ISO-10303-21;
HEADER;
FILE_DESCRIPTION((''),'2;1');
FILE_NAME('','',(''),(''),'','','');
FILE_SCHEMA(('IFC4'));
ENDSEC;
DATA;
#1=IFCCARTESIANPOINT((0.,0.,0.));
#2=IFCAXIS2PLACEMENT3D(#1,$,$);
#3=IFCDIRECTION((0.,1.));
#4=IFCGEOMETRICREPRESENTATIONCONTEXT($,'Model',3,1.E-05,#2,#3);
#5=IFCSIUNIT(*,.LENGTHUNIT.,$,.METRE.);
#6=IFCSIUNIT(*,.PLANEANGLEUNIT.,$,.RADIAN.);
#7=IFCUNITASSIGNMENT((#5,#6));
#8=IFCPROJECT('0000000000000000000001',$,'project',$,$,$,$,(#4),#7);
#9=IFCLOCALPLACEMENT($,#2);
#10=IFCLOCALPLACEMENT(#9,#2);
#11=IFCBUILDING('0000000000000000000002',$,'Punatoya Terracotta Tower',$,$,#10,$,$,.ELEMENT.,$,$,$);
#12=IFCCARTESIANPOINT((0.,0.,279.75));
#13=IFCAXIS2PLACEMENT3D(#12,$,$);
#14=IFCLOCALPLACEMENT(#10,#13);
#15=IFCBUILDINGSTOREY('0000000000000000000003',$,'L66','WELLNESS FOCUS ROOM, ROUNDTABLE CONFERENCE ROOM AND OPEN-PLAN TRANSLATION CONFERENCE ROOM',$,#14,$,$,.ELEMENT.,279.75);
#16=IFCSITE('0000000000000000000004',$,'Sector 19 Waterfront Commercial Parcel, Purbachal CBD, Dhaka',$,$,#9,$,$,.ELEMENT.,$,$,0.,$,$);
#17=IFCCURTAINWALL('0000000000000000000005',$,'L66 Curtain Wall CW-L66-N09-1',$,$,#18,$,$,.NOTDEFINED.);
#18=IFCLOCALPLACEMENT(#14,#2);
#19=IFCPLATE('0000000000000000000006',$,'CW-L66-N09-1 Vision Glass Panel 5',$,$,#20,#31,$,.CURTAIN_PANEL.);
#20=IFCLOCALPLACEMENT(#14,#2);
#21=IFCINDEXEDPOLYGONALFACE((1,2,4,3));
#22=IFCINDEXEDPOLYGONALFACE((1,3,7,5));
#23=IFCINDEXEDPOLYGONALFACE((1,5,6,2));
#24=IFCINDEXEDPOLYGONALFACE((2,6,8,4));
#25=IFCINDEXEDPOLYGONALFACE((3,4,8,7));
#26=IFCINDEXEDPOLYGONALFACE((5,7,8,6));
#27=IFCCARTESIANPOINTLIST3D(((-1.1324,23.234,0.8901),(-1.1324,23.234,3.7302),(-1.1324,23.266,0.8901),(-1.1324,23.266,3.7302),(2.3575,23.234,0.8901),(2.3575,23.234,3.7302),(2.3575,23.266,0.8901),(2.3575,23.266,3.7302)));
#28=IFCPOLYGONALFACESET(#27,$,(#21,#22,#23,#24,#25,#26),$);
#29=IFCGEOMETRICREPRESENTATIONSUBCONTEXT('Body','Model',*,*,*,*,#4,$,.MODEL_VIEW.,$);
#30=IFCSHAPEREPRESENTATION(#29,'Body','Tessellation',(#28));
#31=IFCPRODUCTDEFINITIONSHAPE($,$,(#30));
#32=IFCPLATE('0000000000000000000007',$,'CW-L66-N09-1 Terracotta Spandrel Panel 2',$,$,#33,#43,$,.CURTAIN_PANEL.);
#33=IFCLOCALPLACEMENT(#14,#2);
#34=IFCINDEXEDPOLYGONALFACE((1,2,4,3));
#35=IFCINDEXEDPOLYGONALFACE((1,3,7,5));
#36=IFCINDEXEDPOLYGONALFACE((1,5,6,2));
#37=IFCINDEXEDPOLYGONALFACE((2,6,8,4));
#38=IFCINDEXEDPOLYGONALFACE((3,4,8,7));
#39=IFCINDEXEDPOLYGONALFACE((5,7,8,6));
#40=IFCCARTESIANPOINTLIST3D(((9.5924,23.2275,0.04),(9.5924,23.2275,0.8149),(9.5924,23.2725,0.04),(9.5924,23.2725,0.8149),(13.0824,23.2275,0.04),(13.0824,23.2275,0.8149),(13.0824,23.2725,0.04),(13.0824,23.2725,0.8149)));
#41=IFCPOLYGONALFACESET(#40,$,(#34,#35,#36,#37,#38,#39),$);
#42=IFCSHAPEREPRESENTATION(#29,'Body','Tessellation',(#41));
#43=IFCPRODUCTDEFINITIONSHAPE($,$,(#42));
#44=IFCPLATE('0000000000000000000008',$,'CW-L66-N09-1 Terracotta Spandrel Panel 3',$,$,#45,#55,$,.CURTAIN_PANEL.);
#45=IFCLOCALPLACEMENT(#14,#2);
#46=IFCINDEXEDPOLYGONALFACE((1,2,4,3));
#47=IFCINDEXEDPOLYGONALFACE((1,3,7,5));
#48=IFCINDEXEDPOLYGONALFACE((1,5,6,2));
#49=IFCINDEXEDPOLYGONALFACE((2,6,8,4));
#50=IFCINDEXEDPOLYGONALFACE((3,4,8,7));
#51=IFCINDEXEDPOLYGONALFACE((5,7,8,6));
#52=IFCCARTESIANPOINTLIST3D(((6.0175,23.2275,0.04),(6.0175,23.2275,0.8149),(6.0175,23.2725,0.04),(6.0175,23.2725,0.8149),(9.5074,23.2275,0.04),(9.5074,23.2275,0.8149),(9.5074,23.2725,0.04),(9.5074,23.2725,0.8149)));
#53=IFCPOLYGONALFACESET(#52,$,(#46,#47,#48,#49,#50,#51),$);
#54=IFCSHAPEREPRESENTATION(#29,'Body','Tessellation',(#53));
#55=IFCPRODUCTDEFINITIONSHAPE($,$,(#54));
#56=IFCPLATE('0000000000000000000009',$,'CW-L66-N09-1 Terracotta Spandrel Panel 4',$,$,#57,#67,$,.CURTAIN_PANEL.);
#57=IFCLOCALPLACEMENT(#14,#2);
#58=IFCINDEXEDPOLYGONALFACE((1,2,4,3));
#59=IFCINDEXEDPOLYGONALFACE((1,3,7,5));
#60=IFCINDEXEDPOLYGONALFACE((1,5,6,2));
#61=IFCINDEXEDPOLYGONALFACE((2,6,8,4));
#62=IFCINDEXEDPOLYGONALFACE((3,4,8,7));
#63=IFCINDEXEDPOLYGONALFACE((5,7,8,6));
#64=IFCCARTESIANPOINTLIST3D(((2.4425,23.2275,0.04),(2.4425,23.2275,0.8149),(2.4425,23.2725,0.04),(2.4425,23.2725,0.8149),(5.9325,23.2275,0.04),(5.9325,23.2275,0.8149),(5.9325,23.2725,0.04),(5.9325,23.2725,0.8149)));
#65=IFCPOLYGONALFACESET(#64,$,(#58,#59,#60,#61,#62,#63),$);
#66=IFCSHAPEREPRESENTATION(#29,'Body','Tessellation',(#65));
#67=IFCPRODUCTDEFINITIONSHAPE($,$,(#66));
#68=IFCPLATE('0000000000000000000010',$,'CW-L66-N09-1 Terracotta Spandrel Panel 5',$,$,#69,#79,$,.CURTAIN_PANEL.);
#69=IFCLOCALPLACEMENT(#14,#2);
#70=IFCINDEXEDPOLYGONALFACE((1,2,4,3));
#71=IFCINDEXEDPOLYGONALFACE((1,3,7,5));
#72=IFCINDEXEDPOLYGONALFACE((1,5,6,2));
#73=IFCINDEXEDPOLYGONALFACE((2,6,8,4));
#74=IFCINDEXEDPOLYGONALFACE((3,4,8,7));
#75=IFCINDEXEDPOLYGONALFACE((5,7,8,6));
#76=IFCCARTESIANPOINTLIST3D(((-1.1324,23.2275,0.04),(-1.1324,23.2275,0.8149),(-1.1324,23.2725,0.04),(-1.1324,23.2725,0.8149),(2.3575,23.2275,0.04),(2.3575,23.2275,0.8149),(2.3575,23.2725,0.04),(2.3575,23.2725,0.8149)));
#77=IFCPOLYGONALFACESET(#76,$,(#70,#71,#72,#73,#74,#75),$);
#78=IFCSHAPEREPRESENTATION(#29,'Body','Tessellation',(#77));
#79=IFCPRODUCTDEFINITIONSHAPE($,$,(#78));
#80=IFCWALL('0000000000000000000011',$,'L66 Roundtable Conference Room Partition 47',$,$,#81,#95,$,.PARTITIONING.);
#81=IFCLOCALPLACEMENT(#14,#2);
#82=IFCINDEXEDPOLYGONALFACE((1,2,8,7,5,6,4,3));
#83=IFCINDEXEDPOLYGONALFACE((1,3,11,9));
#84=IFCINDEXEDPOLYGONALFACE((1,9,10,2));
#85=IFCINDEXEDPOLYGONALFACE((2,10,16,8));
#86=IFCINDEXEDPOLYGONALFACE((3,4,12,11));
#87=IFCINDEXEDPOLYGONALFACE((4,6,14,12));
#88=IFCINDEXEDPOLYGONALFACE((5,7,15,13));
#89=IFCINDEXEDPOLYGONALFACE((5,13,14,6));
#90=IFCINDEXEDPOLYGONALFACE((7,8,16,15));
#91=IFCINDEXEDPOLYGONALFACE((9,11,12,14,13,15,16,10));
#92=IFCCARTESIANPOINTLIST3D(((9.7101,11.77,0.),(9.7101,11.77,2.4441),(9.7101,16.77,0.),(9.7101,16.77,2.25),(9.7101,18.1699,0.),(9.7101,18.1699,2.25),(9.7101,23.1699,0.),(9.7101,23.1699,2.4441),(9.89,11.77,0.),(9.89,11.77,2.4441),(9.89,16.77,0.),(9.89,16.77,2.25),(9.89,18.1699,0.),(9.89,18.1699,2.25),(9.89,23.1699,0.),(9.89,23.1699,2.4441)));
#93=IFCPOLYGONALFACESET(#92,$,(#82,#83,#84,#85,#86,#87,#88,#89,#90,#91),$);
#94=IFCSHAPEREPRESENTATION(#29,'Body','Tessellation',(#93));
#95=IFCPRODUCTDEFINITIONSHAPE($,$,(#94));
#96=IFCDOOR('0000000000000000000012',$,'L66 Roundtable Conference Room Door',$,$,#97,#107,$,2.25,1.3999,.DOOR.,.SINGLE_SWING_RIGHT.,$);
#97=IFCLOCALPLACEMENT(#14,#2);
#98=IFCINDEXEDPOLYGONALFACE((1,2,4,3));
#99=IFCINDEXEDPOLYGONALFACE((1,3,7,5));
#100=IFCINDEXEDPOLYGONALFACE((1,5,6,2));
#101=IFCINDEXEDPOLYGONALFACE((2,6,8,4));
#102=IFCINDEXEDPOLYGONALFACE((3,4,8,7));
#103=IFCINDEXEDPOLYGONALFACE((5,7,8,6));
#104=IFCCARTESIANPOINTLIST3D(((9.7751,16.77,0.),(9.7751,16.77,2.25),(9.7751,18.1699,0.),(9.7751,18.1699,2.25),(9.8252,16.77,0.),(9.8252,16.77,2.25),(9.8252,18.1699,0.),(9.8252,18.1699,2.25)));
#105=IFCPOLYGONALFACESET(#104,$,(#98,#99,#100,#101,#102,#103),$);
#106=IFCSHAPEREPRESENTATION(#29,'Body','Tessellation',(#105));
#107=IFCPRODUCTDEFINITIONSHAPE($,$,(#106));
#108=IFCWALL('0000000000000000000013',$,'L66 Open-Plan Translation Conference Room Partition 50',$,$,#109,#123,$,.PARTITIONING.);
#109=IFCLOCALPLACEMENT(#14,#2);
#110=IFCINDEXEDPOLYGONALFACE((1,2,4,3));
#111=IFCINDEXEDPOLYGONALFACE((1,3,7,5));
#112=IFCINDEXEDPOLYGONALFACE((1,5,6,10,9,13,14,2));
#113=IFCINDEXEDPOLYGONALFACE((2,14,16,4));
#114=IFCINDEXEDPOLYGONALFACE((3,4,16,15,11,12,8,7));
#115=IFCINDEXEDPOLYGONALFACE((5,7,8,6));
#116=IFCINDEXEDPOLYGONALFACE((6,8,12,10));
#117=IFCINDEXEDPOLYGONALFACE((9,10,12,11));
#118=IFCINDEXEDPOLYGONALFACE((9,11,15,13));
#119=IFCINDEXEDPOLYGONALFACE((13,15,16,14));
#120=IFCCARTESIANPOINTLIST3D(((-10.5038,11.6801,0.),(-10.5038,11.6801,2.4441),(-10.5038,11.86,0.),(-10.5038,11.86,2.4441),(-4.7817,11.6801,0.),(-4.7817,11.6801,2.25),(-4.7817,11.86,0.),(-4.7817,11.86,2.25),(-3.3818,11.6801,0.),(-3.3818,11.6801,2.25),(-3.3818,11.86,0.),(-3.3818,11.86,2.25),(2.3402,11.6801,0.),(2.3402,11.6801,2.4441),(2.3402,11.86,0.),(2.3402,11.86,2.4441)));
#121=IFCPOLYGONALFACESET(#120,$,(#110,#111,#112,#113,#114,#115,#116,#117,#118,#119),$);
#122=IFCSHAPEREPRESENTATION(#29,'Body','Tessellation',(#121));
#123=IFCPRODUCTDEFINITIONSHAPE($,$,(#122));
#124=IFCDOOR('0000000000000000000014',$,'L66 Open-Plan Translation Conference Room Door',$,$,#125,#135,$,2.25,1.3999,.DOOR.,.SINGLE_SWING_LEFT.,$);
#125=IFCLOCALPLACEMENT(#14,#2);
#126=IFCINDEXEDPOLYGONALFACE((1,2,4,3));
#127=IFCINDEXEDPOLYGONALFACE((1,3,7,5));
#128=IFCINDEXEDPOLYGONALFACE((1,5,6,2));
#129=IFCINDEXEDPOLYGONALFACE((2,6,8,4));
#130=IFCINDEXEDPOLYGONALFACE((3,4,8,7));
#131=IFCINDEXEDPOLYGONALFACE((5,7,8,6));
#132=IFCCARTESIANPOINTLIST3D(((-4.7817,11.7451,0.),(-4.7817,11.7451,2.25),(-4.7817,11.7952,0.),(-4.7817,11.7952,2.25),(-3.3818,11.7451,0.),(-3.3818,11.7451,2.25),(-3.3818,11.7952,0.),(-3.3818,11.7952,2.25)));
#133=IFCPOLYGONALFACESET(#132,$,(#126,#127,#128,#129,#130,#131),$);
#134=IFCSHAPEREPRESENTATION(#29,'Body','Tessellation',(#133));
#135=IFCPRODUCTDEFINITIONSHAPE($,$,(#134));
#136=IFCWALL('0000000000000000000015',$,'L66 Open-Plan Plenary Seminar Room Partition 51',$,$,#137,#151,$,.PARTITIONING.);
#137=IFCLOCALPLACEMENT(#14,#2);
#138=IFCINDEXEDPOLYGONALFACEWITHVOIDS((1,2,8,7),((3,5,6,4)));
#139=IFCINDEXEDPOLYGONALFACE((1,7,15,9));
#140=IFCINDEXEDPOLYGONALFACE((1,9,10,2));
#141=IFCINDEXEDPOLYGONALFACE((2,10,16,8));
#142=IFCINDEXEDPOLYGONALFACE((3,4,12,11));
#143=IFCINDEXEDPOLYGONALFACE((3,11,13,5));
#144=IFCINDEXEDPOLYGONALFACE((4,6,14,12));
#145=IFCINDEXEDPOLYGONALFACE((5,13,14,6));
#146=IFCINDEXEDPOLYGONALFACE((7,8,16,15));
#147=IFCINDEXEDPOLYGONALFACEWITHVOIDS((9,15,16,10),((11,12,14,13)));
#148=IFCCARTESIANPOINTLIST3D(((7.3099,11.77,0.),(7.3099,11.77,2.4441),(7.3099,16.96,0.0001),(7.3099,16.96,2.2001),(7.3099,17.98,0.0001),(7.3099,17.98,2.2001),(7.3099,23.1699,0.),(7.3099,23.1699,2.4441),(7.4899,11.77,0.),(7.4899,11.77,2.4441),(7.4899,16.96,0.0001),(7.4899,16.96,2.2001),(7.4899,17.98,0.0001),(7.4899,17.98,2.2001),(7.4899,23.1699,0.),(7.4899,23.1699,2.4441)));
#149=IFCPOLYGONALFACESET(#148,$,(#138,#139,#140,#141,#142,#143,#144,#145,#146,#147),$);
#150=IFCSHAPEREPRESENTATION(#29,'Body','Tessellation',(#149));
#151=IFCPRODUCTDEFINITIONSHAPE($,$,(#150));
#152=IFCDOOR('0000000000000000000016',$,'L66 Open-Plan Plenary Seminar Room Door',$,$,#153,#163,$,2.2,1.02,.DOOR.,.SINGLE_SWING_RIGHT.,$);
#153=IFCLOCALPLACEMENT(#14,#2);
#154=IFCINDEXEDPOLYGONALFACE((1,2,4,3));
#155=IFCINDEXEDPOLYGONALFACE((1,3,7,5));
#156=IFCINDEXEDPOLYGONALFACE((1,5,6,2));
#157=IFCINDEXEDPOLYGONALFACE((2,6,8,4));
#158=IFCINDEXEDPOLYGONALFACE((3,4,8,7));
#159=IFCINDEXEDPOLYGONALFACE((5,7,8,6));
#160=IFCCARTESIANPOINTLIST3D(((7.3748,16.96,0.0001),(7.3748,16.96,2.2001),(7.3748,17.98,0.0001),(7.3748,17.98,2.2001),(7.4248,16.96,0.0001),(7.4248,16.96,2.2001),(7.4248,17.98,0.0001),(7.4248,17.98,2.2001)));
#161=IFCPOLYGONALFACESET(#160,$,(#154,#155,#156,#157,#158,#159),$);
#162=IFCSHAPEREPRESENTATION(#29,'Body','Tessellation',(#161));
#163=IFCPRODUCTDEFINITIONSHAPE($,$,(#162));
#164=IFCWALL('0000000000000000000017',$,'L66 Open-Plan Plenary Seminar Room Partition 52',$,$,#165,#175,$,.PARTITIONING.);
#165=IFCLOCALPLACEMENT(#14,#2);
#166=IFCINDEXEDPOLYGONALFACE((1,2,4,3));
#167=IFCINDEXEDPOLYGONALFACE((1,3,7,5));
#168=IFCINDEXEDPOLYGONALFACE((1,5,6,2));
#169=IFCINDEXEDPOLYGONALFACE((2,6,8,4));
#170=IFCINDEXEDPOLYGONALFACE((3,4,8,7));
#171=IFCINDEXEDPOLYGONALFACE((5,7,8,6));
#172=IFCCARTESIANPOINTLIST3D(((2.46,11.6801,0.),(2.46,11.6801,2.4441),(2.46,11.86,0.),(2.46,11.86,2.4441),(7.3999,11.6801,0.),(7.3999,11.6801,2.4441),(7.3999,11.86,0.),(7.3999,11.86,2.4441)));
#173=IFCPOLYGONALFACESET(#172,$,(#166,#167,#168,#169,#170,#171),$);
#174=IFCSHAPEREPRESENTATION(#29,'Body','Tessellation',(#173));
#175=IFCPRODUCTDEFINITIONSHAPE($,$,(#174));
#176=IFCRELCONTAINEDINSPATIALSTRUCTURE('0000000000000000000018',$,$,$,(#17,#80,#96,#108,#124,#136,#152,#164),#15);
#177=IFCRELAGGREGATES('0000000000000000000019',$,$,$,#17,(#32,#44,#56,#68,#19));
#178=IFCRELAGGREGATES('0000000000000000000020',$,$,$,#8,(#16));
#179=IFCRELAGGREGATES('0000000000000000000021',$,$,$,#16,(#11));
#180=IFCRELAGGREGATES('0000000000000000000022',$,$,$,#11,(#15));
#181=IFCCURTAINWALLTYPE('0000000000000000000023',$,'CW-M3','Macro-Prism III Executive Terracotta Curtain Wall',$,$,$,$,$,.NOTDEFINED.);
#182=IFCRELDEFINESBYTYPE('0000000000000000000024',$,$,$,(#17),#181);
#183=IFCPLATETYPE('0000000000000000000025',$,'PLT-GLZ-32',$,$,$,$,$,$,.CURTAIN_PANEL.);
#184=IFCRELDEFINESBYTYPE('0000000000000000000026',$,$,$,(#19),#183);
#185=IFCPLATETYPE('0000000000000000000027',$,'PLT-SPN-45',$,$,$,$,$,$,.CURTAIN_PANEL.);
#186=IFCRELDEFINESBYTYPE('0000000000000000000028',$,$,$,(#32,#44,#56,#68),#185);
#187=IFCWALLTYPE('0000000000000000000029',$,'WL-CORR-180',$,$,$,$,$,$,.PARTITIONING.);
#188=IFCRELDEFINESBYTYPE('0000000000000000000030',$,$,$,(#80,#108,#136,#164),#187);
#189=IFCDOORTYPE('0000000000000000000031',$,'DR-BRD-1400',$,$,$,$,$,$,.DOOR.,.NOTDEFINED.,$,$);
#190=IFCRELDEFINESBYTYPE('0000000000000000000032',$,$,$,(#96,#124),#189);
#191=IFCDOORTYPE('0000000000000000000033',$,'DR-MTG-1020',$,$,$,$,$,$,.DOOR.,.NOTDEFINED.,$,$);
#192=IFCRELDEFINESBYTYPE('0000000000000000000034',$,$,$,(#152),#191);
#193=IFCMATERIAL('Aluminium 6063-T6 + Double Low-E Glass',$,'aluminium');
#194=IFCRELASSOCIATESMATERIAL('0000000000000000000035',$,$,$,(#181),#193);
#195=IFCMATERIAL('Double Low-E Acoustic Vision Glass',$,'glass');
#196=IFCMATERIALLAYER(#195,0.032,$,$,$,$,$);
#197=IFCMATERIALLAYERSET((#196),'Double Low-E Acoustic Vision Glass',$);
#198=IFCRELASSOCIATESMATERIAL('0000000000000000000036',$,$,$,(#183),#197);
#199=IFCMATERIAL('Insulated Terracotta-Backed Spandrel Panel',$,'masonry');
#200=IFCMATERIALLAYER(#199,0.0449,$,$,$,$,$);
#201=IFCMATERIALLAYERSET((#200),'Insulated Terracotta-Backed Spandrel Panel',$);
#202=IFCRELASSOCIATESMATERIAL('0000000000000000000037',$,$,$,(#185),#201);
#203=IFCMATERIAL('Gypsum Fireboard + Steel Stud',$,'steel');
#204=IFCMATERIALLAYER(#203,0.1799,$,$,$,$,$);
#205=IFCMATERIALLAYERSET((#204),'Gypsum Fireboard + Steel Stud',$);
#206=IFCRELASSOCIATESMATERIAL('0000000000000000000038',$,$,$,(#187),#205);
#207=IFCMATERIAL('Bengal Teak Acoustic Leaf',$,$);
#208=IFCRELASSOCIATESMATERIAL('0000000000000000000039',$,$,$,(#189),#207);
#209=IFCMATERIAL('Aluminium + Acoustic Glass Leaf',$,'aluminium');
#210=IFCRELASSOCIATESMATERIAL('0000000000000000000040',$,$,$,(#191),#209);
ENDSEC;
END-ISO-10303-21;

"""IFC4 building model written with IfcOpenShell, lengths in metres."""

from ifc_helpers import new_model, si_unit, direction, frame, frame_2d, origin, origin_2d, place, context, subcontext, project, spatial, rectangle, extrude, material, layer, layer_set, type_object, element, fill, aggregate, save


model = new_model("IFC4")

# Units and contexts
model_context = context("Model", 3, precision=1e-05, world=origin(), true_north=direction((0.0, 1.0)))
body_context = subcontext(model_context, "Body", "Model", "MODEL_VIEW")
ifc_project = project(units=[si_unit("LENGTHUNIT", "METRE"), si_unit("PLANEANGLEUNIT", "RADIAN")], contexts=[model_context])

# Site, building, storey
site_placement = place(None, origin())
site = spatial("IfcSite", under=ifc_project, at=site_placement, Name="Sector 19 Waterfront Commercial Parcel, Purbachal CBD, Dhaka", CompositionType="ELEMENT", RefElevation=0.0)
building_placement = place(site_placement, origin())
building = spatial("IfcBuilding", under=site, at=building_placement, Name="Punatoya Terracotta Tower", CompositionType="ELEMENT")
storey_placement = place(building_placement, frame((0.0, 0.0, 279.75)))
storey = spatial("IfcBuildingStorey", under=building, at=storey_placement, Name="L66", Description="WELLNESS FOCUS ROOM, ROUNDTABLE CONFERENCE ROOM AND OPEN-PLAN TRANSLATION CONFERENCE ROOM", CompositionType="ELEMENT", Elevation=279.75)

# Curtain wall, plates
ifc_material_1 = material(Name="Aluminium 6063-T6 + Double Low-E Glass", Category="aluminium")
curtain_wall_type = type_object("IfcCurtainWallType", Name="CW-M3", Description="Macro-Prism III Executive Terracotta Curtain Wall", PredefinedType="NOTDEFINED", material=ifc_material_1)
curtain_wall_placement = place(storey_placement, origin())
curtain_wall = element("IfcCurtainWall", 1, at=curtain_wall_placement, inside=storey, type_object=curtain_wall_type, Name="L66 Curtain Wall CW-L66-N09-1", PredefinedType="NOTDEFINED")
ifc_material_2 = material(Name="Double Low-E Acoustic Vision Glass", Category="glass")
ifc_layer_1 = layer(ifc_material_2, 0.032)
ifc_layer_set_1 = layer_set([ifc_layer_1], Name="Double Low-E Acoustic Vision Glass")
plate_type_1 = type_object("IfcPlateType", Name="PLT-GLZ-32", PredefinedType="CURTAIN_PANEL", material=ifc_layer_set_1)
plate_1_placement = place(storey_placement, frame((0.6125, 23.25, 0.8901), z_axis=(0.0, 0.0, 1.0), x_axis=(-1.0, 0.0, 0.0)))
plate_1 = element("IfcPlate", 2, at=plate_1_placement, type_object=plate_type_1, Name="CW-L66-N09-1 Vision Glass Panel 5", PredefinedType="CURTAIN_PANEL", context=body_context, shape_type="SweptSolid", body=[
    extrude(rectangle(XDim=3.49, YDim=0.032, at=origin_2d()), origin(), (0.0, 0.0, 1.0), 2.8401),
])
ifc_material_3 = material(Name="Insulated Terracotta-Backed Spandrel Panel", Category="masonry")
ifc_layer_2 = layer(ifc_material_3, 0.0449)
ifc_layer_set_2 = layer_set([ifc_layer_2], Name="Insulated Terracotta-Backed Spandrel Panel")
plate_type_2 = type_object("IfcPlateType", Name="PLT-SPN-45", PredefinedType="CURTAIN_PANEL", material=ifc_layer_set_2)
plate_2_placement = place(storey_placement, frame((11.3374, 23.25, 0.04), z_axis=(0.0, 0.0, 1.0), x_axis=(-1.0, 0.0, 0.0)))
plate_2 = element("IfcPlate", 3, at=plate_2_placement, type_object=plate_type_2, Name="CW-L66-N09-1 Terracotta Spandrel Panel 2", PredefinedType="CURTAIN_PANEL", context=body_context, shape_type="SweptSolid", body=[
    extrude(rectangle(XDim=3.49, YDim=0.0449, at=origin_2d()), origin(), (0.0, 0.0, 1.0), 0.7749),
])
plate_3_placement = place(storey_placement, frame((7.7625, 23.25, 0.04), z_axis=(0.0, 0.0, 1.0), x_axis=(-1.0, 0.0, 0.0)))
plate_3 = element("IfcPlate", 4, at=plate_3_placement, type_object=plate_type_2, Name="CW-L66-N09-1 Terracotta Spandrel Panel 3", PredefinedType="CURTAIN_PANEL", context=body_context, shape_type="SweptSolid", body=[
    extrude(rectangle(XDim=3.49, YDim=0.0449, at=origin_2d()), origin(), (0.0, 0.0, 1.0), 0.7749),
])
plate_4_placement = place(storey_placement, frame((4.1875, 23.25, 0.04), z_axis=(0.0, 0.0, 1.0), x_axis=(-1.0, 0.0, 0.0)))
plate_4 = element("IfcPlate", 5, at=plate_4_placement, type_object=plate_type_2, Name="CW-L66-N09-1 Terracotta Spandrel Panel 4", PredefinedType="CURTAIN_PANEL", context=body_context, shape_type="SweptSolid", body=[
    extrude(rectangle(XDim=3.49, YDim=0.0449, at=origin_2d()), origin(), (0.0, 0.0, 1.0), 0.7749),
])
plate_5_placement = place(storey_placement, frame((0.6125, 23.25, 0.04), z_axis=(0.0, 0.0, 1.0), x_axis=(-1.0, 0.0, 0.0)))
plate_5 = element("IfcPlate", 6, at=plate_5_placement, type_object=plate_type_2, Name="CW-L66-N09-1 Terracotta Spandrel Panel 5", PredefinedType="CURTAIN_PANEL", context=body_context, shape_type="SweptSolid", body=[
    extrude(rectangle(XDim=3.49, YDim=0.0449, at=origin_2d()), origin(), (0.0, 0.0, 1.0), 0.7749),
])
aggregate(curtain_wall, [plate_2, plate_3, plate_4, plate_5, plate_1])

# Walls, openings, doors
ifc_material_4 = material(Name="Gypsum Fireboard + Steel Stud", Category="steel")
ifc_layer_3 = layer(ifc_material_4, 0.1799)
ifc_layer_set_3 = layer_set([ifc_layer_3], Name="Gypsum Fireboard + Steel Stud")
wall_type_1 = type_object("IfcWallType", Name="WL-CORR-180", PredefinedType="PARTITIONING", material=ifc_layer_set_3)
wall_1_placement = place(storey_placement, frame((9.8, 11.77, 0.0), z_axis=(0.0, 0.0, 1.0), x_axis=(0.0, 1.0, 0.0)))
wall_1 = element("IfcWall", 7, at=wall_1_placement, inside=storey, type_object=wall_type_1, Name="L66 Roundtable Conference Room Partition 47", PredefinedType="PARTITIONING", context=body_context, shape_type="SweptSolid", body=[
    extrude(rectangle(XDim=11.3999, YDim=0.1799, at=frame_2d((5.7, 0.0))), origin(), (0.0, 0.0, 1.0), 2.4441),
])
opening_1_placement = place(wall_1_placement, frame((5.0, 0.0, 0.0)))
opening_1 = element("IfcOpeningElement", 8, at=opening_1_placement, cuts=wall_1, PredefinedType="OPENING", context=body_context, shape_type="SweptSolid", body=[
    extrude(rectangle(XDim=1.3999, YDim=2.25, at=frame_2d((0.7, 1.125))), frame((0.0, 0.0999, 0.0), z_axis=(0.0, -1.0, 0.0), x_axis=(1.0, 0.0, 0.0)), (0.0, 0.0, 1.0), 0.2),
])
ifc_material_5 = material(Name="Bengal Teak Acoustic Leaf")
door_type_1 = type_object("IfcDoorType", Name="DR-BRD-1400", OperationType="NOTDEFINED", PredefinedType="DOOR", material=ifc_material_5)
door_1_placement = place(opening_1_placement, origin())
door_1 = element("IfcDoor", 9, at=door_1_placement, inside=storey, type_object=door_type_1, Name="L66 Roundtable Conference Room Door", OperationType="SINGLE_SWING_RIGHT", OverallHeight=2.25, OverallWidth=1.3999, PredefinedType="DOOR", context=body_context, shape_type="SweptSolid", body=[
    extrude(rectangle(XDim=1.3999, YDim=2.25, at=frame_2d((0.7, 1.125))), frame((0.0, 0.0249, 0.0), z_axis=(0.0, -1.0, 0.0), x_axis=(1.0, 0.0, 0.0)), (0.0, 0.0, 1.0), 0.05),
])
fill(opening_1, door_1)
wall_2_placement = place(storey_placement, frame((2.3401, 11.77, 0.0), z_axis=(0.0, 0.0, 1.0), x_axis=(-1.0, 0.0, 0.0)))
wall_2 = element("IfcWall", 10, at=wall_2_placement, inside=storey, type_object=wall_type_1, Name="L66 Open-Plan Translation Conference Room Partition 50", PredefinedType="PARTITIONING", context=body_context, shape_type="SweptSolid", body=[
    extrude(rectangle(XDim=12.844, YDim=0.1799, at=frame_2d((6.4219, 0.0))), origin(), (0.0, 0.0, 1.0), 2.4441),
])
opening_2_placement = place(wall_2_placement, frame((5.7219, 0.0, 0.0)))
opening_2 = element("IfcOpeningElement", 11, at=opening_2_placement, cuts=wall_2, PredefinedType="OPENING", context=body_context, shape_type="SweptSolid", body=[
    extrude(rectangle(XDim=1.3999, YDim=2.25, at=frame_2d((0.7, 1.125))), frame((0.0, 0.0999, 0.0), z_axis=(0.0, -1.0, 0.0), x_axis=(1.0, 0.0, 0.0)), (0.0, 0.0, 1.0), 0.2),
])
door_2_placement = place(opening_2_placement, origin())
door_2 = element("IfcDoor", 12, at=door_2_placement, inside=storey, type_object=door_type_1, Name="L66 Open-Plan Translation Conference Room Door", OperationType="SINGLE_SWING_LEFT", OverallHeight=2.25, OverallWidth=1.3999, PredefinedType="DOOR", context=body_context, shape_type="SweptSolid", body=[
    extrude(rectangle(XDim=1.3999, YDim=2.25, at=frame_2d((0.7, 1.125))), frame((0.0, 0.0249, 0.0), z_axis=(0.0, -1.0, 0.0), x_axis=(1.0, 0.0, 0.0)), (0.0, 0.0, 1.0), 0.05),
])
fill(opening_2, door_2)
wall_3_placement = place(storey_placement, frame((7.3999, 23.1699, 0.0), z_axis=(0.0, 0.0, 1.0), x_axis=(0.0, -1.0, 0.0)))
wall_3 = element("IfcWall", 13, at=wall_3_placement, inside=storey, type_object=wall_type_1, Name="L66 Open-Plan Plenary Seminar Room Partition 51", PredefinedType="PARTITIONING", context=body_context, shape_type="SweptSolid", body=[
    extrude(rectangle(XDim=11.3999, YDim=0.1799, at=frame_2d((5.7, 0.0))), origin(), (0.0, 0.0, 1.0), 2.4441),
])
opening_3_placement = place(wall_3_placement, frame((5.1899, 0.0, 0.0)))
opening_3 = element("IfcOpeningElement", 14, at=opening_3_placement, cuts=wall_3, PredefinedType="OPENING", context=body_context, shape_type="SweptSolid", body=[
    extrude(rectangle(XDim=1.02, YDim=2.2, at=frame_2d((0.51, 1.1001))), frame((0.0, 0.0999, 0.0), z_axis=(0.0, -1.0, 0.0), x_axis=(1.0, 0.0, 0.0)), (0.0, 0.0, 1.0), 0.2),
])
ifc_material_6 = material(Name="Aluminium + Acoustic Glass Leaf", Category="aluminium")
door_type_2 = type_object("IfcDoorType", Name="DR-MTG-1020", OperationType="NOTDEFINED", PredefinedType="DOOR", material=ifc_material_6)
door_3_placement = place(opening_3_placement, origin())
door_3 = element("IfcDoor", 15, at=door_3_placement, inside=storey, type_object=door_type_2, Name="L66 Open-Plan Plenary Seminar Room Door", OperationType="SINGLE_SWING_RIGHT", OverallHeight=2.2, OverallWidth=1.02, PredefinedType="DOOR", context=body_context, shape_type="SweptSolid", body=[
    extrude(rectangle(XDim=1.02, YDim=2.2, at=frame_2d((0.51, 1.1001))), frame((0.0, 0.0249, 0.0), z_axis=(0.0, -1.0, 0.0), x_axis=(1.0, 0.0, 0.0)), (0.0, 0.0, 1.0), 0.05),
])
fill(opening_3, door_3)

# Wall
wall_4_placement = place(storey_placement, frame((7.3999, 11.77, 0.0), z_axis=(0.0, 0.0, 1.0), x_axis=(-1.0, 0.0, 0.0)))
element("IfcWall", 16, at=wall_4_placement, inside=storey, type_object=wall_type_1, Name="L66 Open-Plan Plenary Seminar Room Partition 52", PredefinedType="PARTITIONING", context=body_context, shape_type="SweptSolid", body=[
    extrude(rectangle(XDim=4.9399, YDim=0.1799, at=frame_2d((2.47, 0.0))), origin(), (0.0, 0.0, 1.0), 2.4441),
])

save(model, "model.ifc")
